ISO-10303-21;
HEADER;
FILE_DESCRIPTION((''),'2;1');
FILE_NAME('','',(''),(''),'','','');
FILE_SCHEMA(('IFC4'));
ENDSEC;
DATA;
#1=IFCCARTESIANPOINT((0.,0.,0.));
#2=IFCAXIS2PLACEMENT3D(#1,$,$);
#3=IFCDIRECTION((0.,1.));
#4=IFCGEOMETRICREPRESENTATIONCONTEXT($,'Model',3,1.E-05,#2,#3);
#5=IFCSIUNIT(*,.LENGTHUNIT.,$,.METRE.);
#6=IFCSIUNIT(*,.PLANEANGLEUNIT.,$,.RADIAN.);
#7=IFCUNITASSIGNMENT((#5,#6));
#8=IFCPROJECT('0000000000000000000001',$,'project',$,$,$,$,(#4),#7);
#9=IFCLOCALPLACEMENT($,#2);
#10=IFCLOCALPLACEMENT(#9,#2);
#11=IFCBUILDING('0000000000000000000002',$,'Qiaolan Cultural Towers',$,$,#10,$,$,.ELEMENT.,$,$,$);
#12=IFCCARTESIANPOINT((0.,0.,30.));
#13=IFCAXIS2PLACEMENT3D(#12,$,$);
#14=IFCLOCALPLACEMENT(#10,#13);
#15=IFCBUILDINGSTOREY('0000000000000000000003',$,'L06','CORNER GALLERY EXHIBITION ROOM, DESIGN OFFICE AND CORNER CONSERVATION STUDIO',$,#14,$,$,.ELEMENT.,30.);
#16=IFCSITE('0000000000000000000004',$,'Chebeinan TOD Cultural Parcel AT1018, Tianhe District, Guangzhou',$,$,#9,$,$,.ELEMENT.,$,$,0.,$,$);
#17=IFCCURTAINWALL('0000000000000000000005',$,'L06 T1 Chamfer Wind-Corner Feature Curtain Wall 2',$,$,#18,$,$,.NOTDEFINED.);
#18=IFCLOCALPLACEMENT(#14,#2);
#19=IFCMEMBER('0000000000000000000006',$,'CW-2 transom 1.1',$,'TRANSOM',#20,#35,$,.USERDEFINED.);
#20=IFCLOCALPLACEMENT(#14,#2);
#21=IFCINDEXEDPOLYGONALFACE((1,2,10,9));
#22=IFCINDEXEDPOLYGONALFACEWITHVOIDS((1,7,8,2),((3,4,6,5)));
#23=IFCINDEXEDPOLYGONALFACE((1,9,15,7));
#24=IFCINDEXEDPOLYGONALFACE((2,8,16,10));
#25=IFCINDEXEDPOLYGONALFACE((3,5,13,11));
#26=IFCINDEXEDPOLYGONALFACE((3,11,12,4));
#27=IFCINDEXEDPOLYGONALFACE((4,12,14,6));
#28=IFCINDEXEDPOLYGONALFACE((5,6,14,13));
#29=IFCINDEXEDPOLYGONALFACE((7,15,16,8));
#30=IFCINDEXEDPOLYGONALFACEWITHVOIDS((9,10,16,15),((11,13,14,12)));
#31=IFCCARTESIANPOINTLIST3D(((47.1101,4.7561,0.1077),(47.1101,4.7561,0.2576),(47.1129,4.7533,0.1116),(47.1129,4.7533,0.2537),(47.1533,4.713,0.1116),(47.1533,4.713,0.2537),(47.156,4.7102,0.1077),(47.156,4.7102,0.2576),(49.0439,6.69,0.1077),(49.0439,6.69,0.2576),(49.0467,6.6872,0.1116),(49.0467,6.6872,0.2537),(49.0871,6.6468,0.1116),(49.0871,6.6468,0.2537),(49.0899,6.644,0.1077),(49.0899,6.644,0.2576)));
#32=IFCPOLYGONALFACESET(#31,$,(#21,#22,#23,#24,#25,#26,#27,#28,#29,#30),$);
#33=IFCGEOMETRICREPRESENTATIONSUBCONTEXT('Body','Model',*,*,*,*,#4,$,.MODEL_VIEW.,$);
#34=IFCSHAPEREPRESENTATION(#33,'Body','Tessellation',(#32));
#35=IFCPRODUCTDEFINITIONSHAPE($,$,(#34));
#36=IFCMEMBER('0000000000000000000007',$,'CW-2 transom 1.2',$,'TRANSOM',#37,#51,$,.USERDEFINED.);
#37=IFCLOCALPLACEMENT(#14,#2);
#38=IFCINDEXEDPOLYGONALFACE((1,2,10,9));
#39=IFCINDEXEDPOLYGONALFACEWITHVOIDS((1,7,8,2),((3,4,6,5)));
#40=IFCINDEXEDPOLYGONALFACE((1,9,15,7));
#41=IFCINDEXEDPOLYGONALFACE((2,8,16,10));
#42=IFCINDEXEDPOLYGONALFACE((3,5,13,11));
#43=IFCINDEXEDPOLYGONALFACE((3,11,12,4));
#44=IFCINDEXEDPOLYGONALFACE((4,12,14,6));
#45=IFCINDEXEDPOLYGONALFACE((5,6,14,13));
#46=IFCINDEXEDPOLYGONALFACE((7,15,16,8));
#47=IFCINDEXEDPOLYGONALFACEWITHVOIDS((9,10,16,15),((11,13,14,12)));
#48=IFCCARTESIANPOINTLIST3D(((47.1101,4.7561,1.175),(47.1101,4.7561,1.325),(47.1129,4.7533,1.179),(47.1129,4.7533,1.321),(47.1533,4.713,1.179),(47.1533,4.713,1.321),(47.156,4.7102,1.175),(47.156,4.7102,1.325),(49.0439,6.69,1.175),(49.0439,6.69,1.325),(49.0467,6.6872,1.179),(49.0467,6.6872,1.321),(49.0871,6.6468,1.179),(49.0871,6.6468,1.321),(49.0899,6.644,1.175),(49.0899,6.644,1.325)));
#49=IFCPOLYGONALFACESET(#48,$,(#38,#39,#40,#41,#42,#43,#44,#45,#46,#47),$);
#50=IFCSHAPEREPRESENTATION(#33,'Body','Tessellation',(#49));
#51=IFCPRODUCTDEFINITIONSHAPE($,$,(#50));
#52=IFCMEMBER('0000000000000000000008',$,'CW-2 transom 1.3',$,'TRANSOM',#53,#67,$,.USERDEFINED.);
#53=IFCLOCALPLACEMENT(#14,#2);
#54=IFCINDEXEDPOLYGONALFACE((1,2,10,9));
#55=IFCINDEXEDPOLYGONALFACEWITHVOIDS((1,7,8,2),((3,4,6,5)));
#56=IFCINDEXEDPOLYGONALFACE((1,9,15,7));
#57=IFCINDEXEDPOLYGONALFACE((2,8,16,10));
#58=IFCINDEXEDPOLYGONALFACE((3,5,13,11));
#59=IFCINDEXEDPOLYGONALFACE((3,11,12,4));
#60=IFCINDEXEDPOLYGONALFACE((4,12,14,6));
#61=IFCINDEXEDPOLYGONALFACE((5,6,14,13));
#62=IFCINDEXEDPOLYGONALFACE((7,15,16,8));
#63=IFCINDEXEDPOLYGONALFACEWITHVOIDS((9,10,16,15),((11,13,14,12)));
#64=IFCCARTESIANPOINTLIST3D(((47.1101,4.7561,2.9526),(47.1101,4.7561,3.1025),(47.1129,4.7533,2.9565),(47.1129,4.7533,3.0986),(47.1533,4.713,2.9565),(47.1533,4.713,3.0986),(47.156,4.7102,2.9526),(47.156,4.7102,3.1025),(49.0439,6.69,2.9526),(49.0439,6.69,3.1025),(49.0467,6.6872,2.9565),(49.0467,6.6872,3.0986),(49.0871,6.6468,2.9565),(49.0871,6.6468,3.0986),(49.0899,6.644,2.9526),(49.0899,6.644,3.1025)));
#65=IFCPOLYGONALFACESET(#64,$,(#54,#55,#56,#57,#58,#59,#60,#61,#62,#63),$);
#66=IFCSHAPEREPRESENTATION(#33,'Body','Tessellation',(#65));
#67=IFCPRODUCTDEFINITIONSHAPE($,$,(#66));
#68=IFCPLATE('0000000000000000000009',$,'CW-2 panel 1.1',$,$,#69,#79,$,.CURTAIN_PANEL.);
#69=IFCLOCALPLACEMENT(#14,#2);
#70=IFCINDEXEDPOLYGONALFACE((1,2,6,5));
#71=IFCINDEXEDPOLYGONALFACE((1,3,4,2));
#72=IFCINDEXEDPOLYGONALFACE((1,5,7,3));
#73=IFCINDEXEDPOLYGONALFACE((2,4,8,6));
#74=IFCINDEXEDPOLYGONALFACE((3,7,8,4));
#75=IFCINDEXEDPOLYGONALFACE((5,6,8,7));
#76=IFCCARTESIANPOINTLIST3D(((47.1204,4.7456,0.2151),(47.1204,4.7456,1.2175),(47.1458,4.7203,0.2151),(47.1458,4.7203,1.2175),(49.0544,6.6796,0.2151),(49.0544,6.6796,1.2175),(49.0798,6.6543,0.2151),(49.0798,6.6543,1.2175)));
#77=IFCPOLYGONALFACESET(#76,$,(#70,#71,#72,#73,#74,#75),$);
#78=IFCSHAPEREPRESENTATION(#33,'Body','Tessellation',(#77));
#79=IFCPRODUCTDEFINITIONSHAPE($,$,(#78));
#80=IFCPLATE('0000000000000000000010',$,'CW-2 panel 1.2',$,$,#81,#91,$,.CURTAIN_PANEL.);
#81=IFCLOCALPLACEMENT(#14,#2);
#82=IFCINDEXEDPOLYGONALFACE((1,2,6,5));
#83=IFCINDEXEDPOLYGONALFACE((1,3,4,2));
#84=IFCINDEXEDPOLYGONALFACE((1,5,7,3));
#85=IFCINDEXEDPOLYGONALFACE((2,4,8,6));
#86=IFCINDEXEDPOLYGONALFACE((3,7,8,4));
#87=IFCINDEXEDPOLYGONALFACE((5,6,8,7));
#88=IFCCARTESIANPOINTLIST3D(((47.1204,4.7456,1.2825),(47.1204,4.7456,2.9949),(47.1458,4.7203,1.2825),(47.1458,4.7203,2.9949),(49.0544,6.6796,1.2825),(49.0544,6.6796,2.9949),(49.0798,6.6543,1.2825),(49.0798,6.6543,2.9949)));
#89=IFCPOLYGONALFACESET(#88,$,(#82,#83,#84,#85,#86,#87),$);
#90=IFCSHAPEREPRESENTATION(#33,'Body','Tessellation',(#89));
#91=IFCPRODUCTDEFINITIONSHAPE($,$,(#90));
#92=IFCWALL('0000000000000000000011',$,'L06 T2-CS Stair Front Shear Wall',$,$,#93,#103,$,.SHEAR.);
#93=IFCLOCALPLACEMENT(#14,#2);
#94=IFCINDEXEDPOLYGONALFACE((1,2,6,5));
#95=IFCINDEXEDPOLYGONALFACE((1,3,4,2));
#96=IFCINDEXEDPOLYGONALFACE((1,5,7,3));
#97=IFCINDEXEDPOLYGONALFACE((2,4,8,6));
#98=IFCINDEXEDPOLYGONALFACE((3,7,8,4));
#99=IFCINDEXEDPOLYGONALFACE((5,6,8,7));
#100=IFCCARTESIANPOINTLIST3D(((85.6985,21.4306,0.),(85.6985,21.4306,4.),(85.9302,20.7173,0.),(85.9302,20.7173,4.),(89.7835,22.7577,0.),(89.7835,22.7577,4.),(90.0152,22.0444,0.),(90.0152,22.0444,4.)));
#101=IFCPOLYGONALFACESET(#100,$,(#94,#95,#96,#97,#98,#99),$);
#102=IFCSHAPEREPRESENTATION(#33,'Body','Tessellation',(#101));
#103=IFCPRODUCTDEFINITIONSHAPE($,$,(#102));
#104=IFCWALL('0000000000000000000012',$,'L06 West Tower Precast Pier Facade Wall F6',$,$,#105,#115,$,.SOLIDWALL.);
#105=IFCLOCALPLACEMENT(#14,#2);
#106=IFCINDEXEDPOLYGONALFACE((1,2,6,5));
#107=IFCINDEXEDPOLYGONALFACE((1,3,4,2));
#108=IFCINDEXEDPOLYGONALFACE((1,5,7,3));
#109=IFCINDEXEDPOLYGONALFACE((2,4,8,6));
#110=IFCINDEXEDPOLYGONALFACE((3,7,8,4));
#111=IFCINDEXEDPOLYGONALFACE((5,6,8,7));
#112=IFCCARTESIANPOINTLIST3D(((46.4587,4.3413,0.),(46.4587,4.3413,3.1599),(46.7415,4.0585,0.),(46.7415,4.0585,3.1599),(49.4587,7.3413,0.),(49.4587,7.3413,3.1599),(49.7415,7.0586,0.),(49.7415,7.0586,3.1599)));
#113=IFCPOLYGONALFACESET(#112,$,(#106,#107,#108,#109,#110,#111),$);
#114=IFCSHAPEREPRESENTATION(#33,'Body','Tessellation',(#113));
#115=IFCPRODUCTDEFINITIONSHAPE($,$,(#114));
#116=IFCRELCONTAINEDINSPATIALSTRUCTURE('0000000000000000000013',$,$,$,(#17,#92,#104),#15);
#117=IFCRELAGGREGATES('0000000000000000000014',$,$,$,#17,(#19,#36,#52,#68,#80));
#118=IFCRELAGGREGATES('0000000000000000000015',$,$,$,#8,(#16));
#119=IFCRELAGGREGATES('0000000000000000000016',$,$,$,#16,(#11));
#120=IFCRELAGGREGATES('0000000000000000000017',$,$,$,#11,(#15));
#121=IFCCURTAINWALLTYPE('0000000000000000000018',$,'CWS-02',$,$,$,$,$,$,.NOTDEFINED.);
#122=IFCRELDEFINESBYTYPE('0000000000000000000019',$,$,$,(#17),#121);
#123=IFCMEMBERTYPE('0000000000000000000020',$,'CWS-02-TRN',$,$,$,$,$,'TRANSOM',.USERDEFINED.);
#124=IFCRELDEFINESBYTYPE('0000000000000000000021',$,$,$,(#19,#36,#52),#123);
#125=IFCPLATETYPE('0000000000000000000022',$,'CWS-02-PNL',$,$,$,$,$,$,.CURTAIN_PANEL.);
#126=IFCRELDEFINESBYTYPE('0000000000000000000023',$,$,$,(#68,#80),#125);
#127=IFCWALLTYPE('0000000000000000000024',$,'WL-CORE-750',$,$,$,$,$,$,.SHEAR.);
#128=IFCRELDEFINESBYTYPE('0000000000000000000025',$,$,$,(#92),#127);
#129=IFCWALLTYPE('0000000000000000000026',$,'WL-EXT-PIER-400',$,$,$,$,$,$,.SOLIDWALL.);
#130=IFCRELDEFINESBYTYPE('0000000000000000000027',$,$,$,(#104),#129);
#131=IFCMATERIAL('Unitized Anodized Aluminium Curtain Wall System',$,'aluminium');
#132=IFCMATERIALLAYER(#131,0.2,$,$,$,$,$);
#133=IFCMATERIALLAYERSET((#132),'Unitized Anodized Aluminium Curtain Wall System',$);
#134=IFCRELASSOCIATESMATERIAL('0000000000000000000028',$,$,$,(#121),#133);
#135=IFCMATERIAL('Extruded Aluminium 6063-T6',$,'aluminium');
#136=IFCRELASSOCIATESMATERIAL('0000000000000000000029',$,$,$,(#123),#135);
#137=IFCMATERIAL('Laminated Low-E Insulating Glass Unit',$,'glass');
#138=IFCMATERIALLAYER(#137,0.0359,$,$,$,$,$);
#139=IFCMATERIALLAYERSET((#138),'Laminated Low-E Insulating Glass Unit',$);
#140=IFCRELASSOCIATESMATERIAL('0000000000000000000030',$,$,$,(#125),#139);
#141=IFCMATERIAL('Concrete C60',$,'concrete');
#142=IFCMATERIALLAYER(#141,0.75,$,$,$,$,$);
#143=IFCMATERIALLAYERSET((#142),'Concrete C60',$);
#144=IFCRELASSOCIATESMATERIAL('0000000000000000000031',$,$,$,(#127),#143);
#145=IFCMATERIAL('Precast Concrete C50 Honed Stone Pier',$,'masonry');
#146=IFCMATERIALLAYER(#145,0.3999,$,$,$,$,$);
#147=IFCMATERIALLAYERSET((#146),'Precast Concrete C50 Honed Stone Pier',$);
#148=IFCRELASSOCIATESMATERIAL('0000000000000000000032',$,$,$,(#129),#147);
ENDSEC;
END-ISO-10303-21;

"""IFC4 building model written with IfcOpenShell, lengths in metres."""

from ifc_helpers import new_model, si_unit, direction, frame, frame_2d, origin, origin_2d, place, context, subcontext, project, spatial, rectangle, hollow_rectangle, extrude, material, layer, layer_set, material_profile, profile_set, type_object, element, aggregate, save


model = new_model("IFC4")

# Units and contexts
model_context = context("Model", 3, precision=1e-05, world=origin(), true_north=direction((0.0, 1.0)))
body_context = subcontext(model_context, "Body", "Model", "MODEL_VIEW")
ifc_project = project(units=[si_unit("LENGTHUNIT", "METRE"), si_unit("PLANEANGLEUNIT", "RADIAN")], contexts=[model_context])

# Site, building, storey
site_placement = place(None, origin())
site = spatial("IfcSite", under=ifc_project, at=site_placement, Name="Chebeinan TOD Cultural Parcel AT1018, Tianhe District, Guangzhou", CompositionType="ELEMENT", RefElevation=0.0)
building_placement = place(site_placement, origin())
building = spatial("IfcBuilding", under=site, at=building_placement, Name="Qiaolan Cultural Towers", CompositionType="ELEMENT")
storey_placement = place(building_placement, frame((0.0, 0.0, 30.0)))
storey = spatial("IfcBuildingStorey", under=building, at=storey_placement, Name="L06", Description="CORNER GALLERY EXHIBITION ROOM, DESIGN OFFICE AND CORNER CONSERVATION STUDIO", CompositionType="ELEMENT", Elevation=30.0)

# Curtain wall, members, plates
ifc_material_1 = material(Name="Unitized Anodized Aluminium Curtain Wall System", Category="aluminium")
ifc_layer_1 = layer(ifc_material_1, 0.2)
ifc_layer_set_1 = layer_set([ifc_layer_1], Name="Unitized Anodized Aluminium Curtain Wall System")
curtain_wall_type = type_object("IfcCurtainWallType", Name="CWS-02", PredefinedType="NOTDEFINED", material=ifc_layer_set_1)
curtain_wall_placement = place(storey_placement, origin())
curtain_wall = element("IfcCurtainWall", 1, at=curtain_wall_placement, inside=storey, type_object=curtain_wall_type, Name="L06 T1 Chamfer Wind-Corner Feature Curtain Wall 2", PredefinedType="NOTDEFINED")
ifc_material_2 = material(Name="Extruded Aluminium 6063-T6", Category="aluminium")
ifc_material_profile_1 = material_profile(ifc_material_2, hollow_rectangle(XDim=0.0649, YDim=0.1499, WallThickness=0.0039, at=origin_2d()), Name="CWT-150x65x4")
ifc_profile_set_1 = profile_set([ifc_material_profile_1], Name="Extruded Aluminium 6063-T6")
member_type_1 = type_object("IfcMemberType", Name="CWS-02-TRN", ElementType="TRANSOM", PredefinedType="USERDEFINED", material=ifc_profile_set_1)
member_1_placement = place(storey_placement, frame((49.0669, 6.667, 0.1826), z_axis=(-0.707107, -0.707107, 0.0), x_axis=(0.707107, -0.707107, 0.0)))
member_1 = element("IfcMember", 2, at=member_1_placement, type_object=member_type_1, Name="CW-2 transom 1.1", ObjectType="TRANSOM", PredefinedType="USERDEFINED", context=body_context, shape_type="SweptSolid", body=[
    extrude(hollow_rectangle(XDim=0.0649, YDim=0.1499, WallThickness=0.0039, at=origin_2d()), origin(), (0.0, 0.0, 1.0), 2.7349),
])
member_2_placement = place(storey_placement, frame((49.0669, 6.667, 1.25), z_axis=(-0.707107, -0.707107, 0.0), x_axis=(0.707107, -0.707107, 0.0)))
member_2 = element("IfcMember", 3, at=member_2_placement, type_object=member_type_1, Name="CW-2 transom 1.2", ObjectType="TRANSOM", PredefinedType="USERDEFINED", context=body_context, shape_type="SweptSolid", body=[
    extrude(hollow_rectangle(XDim=0.0649, YDim=0.1499, WallThickness=0.0039, at=origin_2d()), origin(), (0.0, 0.0, 1.0), 2.7349),
])
member_3_placement = place(storey_placement, frame((49.0669, 6.667, 3.0276), z_axis=(-0.707107, -0.707107, 0.0), x_axis=(0.707107, -0.707107, 0.0)))
member_3 = element("IfcMember", 4, at=member_3_placement, type_object=member_type_1, Name="CW-2 transom 1.3", ObjectType="TRANSOM", PredefinedType="USERDEFINED", context=body_context, shape_type="SweptSolid", body=[
    extrude(hollow_rectangle(XDim=0.0649, YDim=0.1499, WallThickness=0.0039, at=origin_2d()), origin(), (0.0, 0.0, 1.0), 2.7349),
])
ifc_material_3 = material(Name="Laminated Low-E Insulating Glass Unit", Category="glass")
ifc_layer_2 = layer(ifc_material_3, 0.0359)
ifc_layer_set_2 = layer_set([ifc_layer_2], Name="Laminated Low-E Insulating Glass Unit")
plate_type = type_object("IfcPlateType", Name="CWS-02-PNL", PredefinedType="CURTAIN_PANEL", material=ifc_layer_set_2)
plate_1_placement = place(storey_placement, frame((48.1001, 5.7, 0.2151), z_axis=(0.0, 0.0, 1.0), x_axis=(-0.707107, -0.707107, 0.0)))
plate_1 = element("IfcPlate", 5, at=plate_1_placement, type_object=plate_type, Name="CW-2 panel 1.1", PredefinedType="CURTAIN_PANEL", context=body_context, shape_type="SweptSolid", body=[
    extrude(rectangle(XDim=2.7351, YDim=0.0359, at=origin_2d()), origin(), (0.0, 0.0, 1.0), 1.0024),
])
plate_2_placement = place(storey_placement, frame((48.1001, 5.7, 1.2825), z_axis=(0.0, 0.0, 1.0), x_axis=(-0.707107, -0.707107, 0.0)))
plate_2 = element("IfcPlate", 6, at=plate_2_placement, type_object=plate_type, Name="CW-2 panel 1.2", PredefinedType="CURTAIN_PANEL", context=body_context, shape_type="SweptSolid", body=[
    extrude(rectangle(XDim=2.7351, YDim=0.0359, at=origin_2d()), origin(), (0.0, 0.0, 1.0), 1.7124),
])
aggregate(curtain_wall, [member_1, member_2, member_3, plate_1, plate_2])

# Walls
ifc_material_4 = material(Name="Concrete C60", Category="concrete")
ifc_layer_3 = layer(ifc_material_4, 0.75)
ifc_layer_set_3 = layer_set([ifc_layer_3], Name="Concrete C60")
wall_type_1 = type_object("IfcWallType", Name="WL-CORE-750", PredefinedType="SHEAR", material=ifc_layer_set_3)
wall_1_placement = place(storey_placement, frame((85.8145, 21.074, 0.0), z_axis=(0.0, 0.0, 1.0), x_axis=(0.951066, 0.308988, 0.0)))
element("IfcWall", 7, at=wall_1_placement, inside=storey, type_object=wall_type_1, Name="L06 T2-CS Stair Front Shear Wall", PredefinedType="SHEAR", context=body_context, shape_type="SweptSolid", body=[
    extrude(rectangle(XDim=4.2952, YDim=0.75, at=frame_2d((2.1475, 0.0))), origin(), (0.0, 0.0, 1.0), 4.0),
])
ifc_material_5 = material(Name="Precast Concrete C50 Honed Stone Pier", Category="masonry")
ifc_layer_4 = layer(ifc_material_5, 0.3999)
ifc_layer_set_4 = layer_set([ifc_layer_4], Name="Precast Concrete C50 Honed Stone Pier")
wall_type_2 = type_object("IfcWallType", Name="WL-EXT-PIER-400", PredefinedType="SOLIDWALL", material=ifc_layer_set_4)
wall_2_placement = place(storey_placement, frame((49.6001, 7.2, 0.0), z_axis=(0.0, 0.0, 1.0), x_axis=(-0.707107, -0.707107, 0.0)))
element("IfcWall", 8, at=wall_2_placement, inside=storey, type_object=wall_type_2, Name="L06 West Tower Precast Pier Facade Wall F6", PredefinedType="SOLIDWALL", context=body_context, shape_type="SweptSolid", body=[
    extrude(rectangle(XDim=4.2427, YDim=0.3999, at=frame_2d((2.1213, 0.0))), origin(), (0.0, 0.0, 1.0), 3.1599),
])

save(model, "model.ifc")
